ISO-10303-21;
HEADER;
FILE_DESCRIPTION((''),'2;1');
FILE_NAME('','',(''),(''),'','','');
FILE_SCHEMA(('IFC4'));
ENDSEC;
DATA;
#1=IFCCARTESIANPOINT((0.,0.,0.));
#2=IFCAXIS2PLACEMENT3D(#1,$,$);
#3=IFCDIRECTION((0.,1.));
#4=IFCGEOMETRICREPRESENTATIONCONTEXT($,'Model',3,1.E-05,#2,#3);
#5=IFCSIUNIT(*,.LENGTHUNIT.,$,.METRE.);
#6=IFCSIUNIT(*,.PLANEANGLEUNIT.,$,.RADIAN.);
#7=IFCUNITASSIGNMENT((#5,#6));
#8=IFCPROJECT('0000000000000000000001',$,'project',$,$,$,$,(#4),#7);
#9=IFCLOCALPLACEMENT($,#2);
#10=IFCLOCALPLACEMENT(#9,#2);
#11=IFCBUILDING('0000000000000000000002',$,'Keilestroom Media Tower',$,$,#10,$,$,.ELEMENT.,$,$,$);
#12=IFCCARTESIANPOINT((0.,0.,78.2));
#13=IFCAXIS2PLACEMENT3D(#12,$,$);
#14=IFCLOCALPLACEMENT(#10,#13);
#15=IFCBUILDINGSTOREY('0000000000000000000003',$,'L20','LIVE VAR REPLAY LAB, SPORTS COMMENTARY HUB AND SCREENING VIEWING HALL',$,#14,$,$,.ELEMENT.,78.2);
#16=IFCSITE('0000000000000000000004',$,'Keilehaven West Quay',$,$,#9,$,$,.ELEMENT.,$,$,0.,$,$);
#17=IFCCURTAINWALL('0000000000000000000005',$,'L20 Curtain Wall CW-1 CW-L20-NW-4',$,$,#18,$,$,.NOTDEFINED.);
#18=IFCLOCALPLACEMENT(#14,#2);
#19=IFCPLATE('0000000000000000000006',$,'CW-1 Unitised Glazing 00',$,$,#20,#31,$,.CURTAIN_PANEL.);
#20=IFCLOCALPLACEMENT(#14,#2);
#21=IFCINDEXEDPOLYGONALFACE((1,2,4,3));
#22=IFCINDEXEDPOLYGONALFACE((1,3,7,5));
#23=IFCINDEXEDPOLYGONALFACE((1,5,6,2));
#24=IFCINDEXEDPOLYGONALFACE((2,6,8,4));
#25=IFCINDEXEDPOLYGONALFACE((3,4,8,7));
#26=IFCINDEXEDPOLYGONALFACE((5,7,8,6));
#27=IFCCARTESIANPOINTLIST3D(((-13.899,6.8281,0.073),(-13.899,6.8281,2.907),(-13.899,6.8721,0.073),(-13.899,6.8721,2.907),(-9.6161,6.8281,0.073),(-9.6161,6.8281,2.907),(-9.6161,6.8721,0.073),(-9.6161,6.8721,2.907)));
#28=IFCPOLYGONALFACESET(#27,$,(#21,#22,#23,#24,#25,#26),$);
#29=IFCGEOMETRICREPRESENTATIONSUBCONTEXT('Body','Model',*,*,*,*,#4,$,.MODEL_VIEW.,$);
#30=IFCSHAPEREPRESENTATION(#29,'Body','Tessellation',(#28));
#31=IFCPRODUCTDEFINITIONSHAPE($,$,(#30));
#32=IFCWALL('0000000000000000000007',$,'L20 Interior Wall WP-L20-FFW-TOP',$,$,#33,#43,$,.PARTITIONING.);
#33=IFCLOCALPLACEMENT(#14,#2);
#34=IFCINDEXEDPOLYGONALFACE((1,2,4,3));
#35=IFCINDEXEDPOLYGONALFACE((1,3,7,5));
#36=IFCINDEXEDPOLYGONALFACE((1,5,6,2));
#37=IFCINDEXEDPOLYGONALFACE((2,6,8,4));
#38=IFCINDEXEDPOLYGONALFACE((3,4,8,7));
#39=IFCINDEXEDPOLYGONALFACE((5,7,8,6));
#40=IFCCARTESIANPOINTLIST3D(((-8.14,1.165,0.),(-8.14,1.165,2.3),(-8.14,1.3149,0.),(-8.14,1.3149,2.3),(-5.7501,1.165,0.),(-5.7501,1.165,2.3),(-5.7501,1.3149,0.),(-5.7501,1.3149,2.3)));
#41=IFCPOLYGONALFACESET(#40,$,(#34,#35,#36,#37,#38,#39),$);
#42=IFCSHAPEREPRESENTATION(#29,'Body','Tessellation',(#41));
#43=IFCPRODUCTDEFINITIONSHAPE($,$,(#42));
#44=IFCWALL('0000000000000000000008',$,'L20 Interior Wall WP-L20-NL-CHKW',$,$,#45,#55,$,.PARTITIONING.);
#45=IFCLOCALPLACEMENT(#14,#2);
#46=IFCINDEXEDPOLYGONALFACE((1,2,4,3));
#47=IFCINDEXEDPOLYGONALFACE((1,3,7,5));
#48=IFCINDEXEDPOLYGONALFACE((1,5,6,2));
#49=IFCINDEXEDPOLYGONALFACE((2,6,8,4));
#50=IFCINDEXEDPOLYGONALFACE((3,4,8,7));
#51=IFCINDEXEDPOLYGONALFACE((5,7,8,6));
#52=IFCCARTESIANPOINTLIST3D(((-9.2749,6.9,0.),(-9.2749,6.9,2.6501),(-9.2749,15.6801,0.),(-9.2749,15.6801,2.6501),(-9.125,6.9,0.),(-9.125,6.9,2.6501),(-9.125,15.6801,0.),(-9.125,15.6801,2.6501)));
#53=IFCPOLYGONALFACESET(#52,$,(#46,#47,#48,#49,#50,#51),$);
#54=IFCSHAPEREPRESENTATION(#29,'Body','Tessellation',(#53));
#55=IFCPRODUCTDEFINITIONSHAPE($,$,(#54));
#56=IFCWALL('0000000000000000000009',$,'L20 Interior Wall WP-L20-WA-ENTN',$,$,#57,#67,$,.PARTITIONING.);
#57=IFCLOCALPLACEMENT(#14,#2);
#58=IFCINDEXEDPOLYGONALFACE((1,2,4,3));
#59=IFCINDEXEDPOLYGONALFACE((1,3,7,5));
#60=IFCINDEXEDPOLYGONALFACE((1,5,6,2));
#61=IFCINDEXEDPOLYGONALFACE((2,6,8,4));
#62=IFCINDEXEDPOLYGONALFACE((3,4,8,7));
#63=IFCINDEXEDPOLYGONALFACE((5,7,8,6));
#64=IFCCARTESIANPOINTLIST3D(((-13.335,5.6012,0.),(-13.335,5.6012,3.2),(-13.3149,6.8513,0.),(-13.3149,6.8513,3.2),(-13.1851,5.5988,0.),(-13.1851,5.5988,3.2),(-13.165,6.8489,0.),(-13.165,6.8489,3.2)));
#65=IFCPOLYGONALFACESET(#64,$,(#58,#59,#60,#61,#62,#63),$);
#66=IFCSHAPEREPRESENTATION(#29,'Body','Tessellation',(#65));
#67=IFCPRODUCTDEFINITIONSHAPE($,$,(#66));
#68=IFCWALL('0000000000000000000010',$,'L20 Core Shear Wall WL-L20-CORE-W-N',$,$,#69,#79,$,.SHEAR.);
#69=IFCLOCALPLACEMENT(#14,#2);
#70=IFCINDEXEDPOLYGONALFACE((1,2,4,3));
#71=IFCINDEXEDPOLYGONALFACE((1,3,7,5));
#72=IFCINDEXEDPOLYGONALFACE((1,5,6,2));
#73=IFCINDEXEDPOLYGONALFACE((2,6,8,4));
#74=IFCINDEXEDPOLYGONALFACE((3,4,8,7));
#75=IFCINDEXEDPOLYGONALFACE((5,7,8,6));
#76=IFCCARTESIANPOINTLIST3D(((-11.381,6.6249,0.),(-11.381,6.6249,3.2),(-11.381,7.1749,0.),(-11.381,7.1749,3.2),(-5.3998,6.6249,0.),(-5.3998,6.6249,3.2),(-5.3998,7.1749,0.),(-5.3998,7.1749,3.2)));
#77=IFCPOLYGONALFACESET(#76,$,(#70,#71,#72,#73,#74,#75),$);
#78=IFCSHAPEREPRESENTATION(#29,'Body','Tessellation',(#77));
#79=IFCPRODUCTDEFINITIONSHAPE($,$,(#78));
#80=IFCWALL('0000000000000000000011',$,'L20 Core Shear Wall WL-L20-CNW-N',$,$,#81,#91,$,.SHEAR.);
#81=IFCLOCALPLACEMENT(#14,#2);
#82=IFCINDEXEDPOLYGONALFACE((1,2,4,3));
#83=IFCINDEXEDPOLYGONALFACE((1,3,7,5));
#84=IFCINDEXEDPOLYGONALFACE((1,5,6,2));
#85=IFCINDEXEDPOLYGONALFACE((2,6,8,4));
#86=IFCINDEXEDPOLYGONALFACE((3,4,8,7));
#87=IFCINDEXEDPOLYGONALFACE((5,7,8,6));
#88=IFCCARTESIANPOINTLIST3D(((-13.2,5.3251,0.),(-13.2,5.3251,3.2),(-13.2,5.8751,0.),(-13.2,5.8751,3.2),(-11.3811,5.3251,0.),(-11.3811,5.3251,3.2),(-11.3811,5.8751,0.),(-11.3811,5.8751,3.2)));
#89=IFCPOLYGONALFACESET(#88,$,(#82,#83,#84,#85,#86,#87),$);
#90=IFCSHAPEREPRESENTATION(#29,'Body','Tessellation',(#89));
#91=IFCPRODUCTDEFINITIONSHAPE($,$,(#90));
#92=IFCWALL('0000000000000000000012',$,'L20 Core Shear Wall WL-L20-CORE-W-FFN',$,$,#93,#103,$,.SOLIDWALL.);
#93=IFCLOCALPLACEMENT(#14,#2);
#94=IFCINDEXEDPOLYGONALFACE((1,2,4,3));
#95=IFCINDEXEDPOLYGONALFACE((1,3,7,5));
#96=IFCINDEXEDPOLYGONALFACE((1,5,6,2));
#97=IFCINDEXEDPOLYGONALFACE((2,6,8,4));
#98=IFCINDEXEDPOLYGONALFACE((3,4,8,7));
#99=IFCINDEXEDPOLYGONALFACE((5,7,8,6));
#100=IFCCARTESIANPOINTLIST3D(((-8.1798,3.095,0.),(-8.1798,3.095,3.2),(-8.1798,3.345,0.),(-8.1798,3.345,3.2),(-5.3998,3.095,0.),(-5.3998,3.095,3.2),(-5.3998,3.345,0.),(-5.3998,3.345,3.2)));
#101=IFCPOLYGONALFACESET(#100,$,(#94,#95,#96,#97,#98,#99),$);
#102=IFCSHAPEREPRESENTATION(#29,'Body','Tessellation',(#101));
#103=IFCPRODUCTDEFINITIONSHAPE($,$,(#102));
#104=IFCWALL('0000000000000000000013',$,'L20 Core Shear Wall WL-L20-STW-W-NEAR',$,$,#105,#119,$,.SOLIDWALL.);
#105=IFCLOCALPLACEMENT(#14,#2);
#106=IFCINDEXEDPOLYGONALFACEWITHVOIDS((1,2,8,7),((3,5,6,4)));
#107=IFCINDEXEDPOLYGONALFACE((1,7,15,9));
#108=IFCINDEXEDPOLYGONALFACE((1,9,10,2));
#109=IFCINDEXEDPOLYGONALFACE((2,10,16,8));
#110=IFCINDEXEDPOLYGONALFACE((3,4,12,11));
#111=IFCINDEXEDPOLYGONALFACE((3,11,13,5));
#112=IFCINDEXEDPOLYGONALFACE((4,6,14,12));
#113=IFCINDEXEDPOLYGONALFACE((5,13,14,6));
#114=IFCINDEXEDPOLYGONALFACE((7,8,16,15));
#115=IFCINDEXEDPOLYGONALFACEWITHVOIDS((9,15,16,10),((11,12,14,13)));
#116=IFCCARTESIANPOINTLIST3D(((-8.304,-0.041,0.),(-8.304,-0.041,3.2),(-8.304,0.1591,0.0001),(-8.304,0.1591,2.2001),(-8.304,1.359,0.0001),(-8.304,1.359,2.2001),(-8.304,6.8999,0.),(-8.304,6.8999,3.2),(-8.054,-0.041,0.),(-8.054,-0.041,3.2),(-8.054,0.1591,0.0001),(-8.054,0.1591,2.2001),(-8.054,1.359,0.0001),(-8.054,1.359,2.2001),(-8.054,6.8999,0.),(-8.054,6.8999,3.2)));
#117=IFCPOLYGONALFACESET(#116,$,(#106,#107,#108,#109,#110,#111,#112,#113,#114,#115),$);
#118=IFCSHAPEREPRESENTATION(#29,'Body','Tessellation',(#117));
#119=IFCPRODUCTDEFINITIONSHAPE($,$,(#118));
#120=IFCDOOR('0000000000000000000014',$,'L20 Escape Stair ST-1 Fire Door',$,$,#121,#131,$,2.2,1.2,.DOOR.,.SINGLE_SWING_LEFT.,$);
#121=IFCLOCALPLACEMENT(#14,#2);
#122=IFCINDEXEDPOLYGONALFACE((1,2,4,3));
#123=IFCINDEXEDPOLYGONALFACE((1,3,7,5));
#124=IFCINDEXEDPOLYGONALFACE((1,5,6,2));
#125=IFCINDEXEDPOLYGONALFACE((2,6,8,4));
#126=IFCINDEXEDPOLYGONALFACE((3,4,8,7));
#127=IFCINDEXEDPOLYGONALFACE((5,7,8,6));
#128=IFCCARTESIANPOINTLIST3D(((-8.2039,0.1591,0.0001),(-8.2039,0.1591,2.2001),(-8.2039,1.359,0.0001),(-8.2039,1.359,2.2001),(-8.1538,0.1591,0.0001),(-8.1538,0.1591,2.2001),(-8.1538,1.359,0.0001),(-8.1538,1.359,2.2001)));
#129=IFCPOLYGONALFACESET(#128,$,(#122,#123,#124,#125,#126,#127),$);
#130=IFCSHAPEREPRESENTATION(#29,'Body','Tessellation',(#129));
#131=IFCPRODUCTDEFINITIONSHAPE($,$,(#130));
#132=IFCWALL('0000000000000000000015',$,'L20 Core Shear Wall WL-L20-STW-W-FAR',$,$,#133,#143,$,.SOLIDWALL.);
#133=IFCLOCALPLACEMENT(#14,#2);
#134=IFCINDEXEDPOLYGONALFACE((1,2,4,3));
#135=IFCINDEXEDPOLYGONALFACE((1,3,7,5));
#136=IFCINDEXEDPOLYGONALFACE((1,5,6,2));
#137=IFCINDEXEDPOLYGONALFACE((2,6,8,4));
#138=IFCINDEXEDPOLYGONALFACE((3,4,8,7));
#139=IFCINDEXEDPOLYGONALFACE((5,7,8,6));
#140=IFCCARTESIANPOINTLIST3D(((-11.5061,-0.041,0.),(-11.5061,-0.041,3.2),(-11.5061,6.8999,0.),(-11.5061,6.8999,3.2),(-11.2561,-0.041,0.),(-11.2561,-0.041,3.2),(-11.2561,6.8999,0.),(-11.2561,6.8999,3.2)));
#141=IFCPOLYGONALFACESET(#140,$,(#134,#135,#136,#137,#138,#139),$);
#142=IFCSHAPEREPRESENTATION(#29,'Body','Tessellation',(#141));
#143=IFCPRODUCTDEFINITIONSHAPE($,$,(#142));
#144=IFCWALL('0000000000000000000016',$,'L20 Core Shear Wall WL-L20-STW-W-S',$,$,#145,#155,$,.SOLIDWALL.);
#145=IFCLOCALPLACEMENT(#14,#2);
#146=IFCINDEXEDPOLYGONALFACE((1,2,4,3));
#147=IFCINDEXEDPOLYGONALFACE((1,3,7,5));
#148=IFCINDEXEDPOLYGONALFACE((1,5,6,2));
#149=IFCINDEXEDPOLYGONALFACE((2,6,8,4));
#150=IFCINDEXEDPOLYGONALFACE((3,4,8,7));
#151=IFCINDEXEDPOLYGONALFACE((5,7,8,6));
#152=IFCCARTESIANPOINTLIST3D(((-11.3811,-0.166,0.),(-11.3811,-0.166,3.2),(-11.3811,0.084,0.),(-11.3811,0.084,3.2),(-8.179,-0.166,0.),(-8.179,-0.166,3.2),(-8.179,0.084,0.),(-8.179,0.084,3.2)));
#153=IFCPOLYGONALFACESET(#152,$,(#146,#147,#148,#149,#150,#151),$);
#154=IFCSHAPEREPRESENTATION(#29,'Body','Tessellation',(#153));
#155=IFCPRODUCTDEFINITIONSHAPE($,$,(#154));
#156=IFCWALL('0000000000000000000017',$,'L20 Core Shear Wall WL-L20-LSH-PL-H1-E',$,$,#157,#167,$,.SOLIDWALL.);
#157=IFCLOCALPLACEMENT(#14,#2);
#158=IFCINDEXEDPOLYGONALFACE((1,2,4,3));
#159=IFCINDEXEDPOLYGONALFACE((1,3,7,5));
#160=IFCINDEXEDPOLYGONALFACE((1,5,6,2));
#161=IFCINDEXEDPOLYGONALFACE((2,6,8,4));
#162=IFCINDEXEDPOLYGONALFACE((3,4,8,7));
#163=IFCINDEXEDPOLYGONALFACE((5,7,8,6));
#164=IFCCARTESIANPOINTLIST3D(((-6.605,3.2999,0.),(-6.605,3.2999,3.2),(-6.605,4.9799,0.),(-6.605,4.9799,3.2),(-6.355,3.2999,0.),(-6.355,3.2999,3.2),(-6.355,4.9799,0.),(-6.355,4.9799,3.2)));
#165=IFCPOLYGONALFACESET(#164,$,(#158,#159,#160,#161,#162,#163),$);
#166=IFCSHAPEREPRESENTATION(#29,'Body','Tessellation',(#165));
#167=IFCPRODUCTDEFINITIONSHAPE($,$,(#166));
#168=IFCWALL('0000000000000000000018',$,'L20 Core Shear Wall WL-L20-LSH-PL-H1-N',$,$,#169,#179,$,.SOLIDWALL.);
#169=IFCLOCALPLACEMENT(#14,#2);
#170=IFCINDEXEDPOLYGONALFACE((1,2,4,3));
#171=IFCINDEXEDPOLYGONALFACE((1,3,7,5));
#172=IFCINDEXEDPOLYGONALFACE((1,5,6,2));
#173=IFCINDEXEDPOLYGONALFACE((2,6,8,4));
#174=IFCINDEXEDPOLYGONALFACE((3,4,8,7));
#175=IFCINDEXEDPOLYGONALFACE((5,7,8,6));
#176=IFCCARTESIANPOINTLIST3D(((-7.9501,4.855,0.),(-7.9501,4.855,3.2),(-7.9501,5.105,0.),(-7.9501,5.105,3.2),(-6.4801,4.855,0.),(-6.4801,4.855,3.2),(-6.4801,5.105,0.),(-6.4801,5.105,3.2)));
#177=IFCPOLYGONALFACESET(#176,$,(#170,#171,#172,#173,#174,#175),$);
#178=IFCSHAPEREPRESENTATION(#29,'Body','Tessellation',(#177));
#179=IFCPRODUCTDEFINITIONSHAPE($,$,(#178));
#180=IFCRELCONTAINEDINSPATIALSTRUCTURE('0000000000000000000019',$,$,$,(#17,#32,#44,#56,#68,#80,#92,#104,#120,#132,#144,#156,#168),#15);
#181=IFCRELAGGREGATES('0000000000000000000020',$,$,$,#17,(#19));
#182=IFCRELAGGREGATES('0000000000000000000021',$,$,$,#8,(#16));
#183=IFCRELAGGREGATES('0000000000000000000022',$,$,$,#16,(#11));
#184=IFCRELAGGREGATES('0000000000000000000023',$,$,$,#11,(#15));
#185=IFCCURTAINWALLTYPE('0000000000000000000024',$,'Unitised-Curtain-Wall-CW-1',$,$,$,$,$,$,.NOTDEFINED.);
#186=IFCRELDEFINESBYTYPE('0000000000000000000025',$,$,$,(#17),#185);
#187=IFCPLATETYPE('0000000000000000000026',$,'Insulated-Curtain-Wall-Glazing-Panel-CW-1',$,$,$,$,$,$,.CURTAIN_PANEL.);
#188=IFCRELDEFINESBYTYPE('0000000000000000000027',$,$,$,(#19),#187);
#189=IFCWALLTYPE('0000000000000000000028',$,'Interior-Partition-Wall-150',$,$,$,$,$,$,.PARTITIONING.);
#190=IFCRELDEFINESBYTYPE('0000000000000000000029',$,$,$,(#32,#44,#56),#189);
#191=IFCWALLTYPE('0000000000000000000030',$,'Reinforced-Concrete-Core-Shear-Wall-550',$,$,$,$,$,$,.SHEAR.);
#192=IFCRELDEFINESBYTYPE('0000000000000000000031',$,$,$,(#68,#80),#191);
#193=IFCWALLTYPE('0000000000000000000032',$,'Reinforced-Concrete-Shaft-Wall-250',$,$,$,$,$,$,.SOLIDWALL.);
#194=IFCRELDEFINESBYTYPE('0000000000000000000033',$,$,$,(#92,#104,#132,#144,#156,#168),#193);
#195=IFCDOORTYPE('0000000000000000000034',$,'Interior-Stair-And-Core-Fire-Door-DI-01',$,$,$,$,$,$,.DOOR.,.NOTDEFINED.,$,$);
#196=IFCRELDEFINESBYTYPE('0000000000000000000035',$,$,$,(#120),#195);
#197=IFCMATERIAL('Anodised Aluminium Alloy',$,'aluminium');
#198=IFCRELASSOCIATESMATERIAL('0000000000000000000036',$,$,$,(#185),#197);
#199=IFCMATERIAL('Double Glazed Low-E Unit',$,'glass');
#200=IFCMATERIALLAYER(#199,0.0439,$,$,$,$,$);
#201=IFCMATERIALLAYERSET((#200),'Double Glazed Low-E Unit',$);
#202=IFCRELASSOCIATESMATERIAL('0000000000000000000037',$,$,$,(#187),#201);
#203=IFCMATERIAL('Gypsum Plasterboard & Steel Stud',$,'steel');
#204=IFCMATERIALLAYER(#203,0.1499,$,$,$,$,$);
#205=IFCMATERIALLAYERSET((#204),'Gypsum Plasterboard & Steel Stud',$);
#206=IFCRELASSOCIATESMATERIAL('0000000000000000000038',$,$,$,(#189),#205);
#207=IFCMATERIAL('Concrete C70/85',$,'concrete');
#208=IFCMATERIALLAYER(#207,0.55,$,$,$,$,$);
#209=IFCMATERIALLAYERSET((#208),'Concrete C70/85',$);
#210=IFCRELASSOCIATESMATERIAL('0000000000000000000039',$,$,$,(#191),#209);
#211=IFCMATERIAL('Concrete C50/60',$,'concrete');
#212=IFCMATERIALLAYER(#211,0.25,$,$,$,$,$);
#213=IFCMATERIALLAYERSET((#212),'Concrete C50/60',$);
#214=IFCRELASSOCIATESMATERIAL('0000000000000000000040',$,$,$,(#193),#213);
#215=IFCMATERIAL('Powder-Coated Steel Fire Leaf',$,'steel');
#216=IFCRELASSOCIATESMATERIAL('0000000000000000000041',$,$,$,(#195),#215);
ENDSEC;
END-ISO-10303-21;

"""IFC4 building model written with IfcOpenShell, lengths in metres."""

from ifc_helpers import new_model, si_unit, direction, frame, frame_2d, origin, origin_2d, place, context, subcontext, project, spatial, rectangle, extrude, source, transform, mapped, material, layer, layer_set, type_object, element, fill, aggregate, save


model = new_model("IFC4")

# Units and contexts
model_context = context("Model", 3, precision=1e-05, world=origin(), true_north=direction((0.0, 1.0)))
body_context = subcontext(model_context, "Body", "Model", "MODEL_VIEW")
ifc_project = project(units=[si_unit("LENGTHUNIT", "METRE"), si_unit("PLANEANGLEUNIT", "RADIAN")], contexts=[model_context])

# Site, building, storey
site_placement = place(None, origin())
site = spatial("IfcSite", under=ifc_project, at=site_placement, Name="Keilehaven West Quay", CompositionType="ELEMENT", RefElevation=0.0)
building_placement = place(site_placement, origin())
building = spatial("IfcBuilding", under=site, at=building_placement, Name="Keilestroom Media Tower", CompositionType="ELEMENT")
storey_placement = place(building_placement, frame((0.0, 0.0, 78.2)))
storey = spatial("IfcBuildingStorey", under=building, at=storey_placement, Name="L20", Description="LIVE VAR REPLAY LAB, SPORTS COMMENTARY HUB AND SCREENING VIEWING HALL", CompositionType="ELEMENT", Elevation=78.2)

# Curtain wall
ifc_material_1 = material(Name="Anodised Aluminium Alloy", Category="aluminium")
curtain_wall_type = type_object("IfcCurtainWallType", Name="Unitised-Curtain-Wall-CW-1", PredefinedType="NOTDEFINED", material=ifc_material_1)
curtain_wall_placement = place(storey_placement, origin())
curtain_wall = element("IfcCurtainWall", 1, at=curtain_wall_placement, inside=storey, type_object=curtain_wall_type, Name="L20 Curtain Wall CW-1 CW-L20-NW-4", PredefinedType="NOTDEFINED")

# Shared definitions
ifc_material_2 = material(Name="Concrete C50/60", Category="concrete")

# Plate
ifc_material_3 = material(Name="Double Glazed Low-E Unit", Category="glass")
ifc_layer_1 = layer(ifc_material_3, 0.0439)
ifc_layer_set_1 = layer_set([ifc_layer_1], Name="Double Glazed Low-E Unit")
plate_type = type_object("IfcPlateType", Name="Insulated-Curtain-Wall-Glazing-Panel-CW-1", PredefinedType="CURTAIN_PANEL", material=ifc_layer_set_1)
shared_shape_1 = source(origin(), body_context, "Body", "SweptSolid", [
    extrude(rectangle(XDim=4.283, YDim=0.0439, at=origin_2d()), origin(), (0.0, 0.0, 1.0), 2.834),
])
plate_placement = place(storey_placement, frame((-11.7576, 6.8501, 0.073), z_axis=(0.0, 0.0, 1.0), x_axis=(1.0, 0.0, 0.0)))
plate = element("IfcPlate", 2, at=plate_placement, type_object=plate_type, Name="CW-1 Unitised Glazing 00", PredefinedType="CURTAIN_PANEL", context=body_context, shape_type="MappedRepresentation", body=[
    mapped(shared_shape_1, transform((0.0, 0.0, 0.0), x_axis=(1.0, 0.0, 0.0), y_axis=(0.0, 1.0, 0.0), z_axis=(0.0, 0.0, 1.0), scale=1.0)),
])
aggregate(curtain_wall, [plate])

# Walls
ifc_material_4 = material(Name="Gypsum Plasterboard & Steel Stud", Category="steel")
ifc_layer_2 = layer(ifc_material_4, 0.1499)
ifc_layer_set_2 = layer_set([ifc_layer_2], Name="Gypsum Plasterboard & Steel Stud")
wall_type_1 = type_object("IfcWallType", Name="Interior-Partition-Wall-150", PredefinedType="PARTITIONING", material=ifc_layer_set_2)
wall_1_placement = place(storey_placement, frame((-8.1399, 1.24, 0.0), z_axis=(0.0, 0.0, 1.0), x_axis=(1.0, 0.0, 0.0)))
element("IfcWall", 3, at=wall_1_placement, inside=storey, type_object=wall_type_1, Name="L20 Interior Wall WP-L20-FFW-TOP", PredefinedType="PARTITIONING", context=body_context, shape_type="SweptSolid", body=[
    extrude(rectangle(XDim=2.3899, YDim=0.1499, at=frame_2d((1.1948, 0.0))), origin(), (0.0, 0.0, 1.0), 2.3),
])
wall_2_placement = place(storey_placement, frame((-9.2, 6.8999, 0.0), z_axis=(0.0, 0.0, 1.0), x_axis=(0.0, 1.0, 0.0)))
element("IfcWall", 4, at=wall_2_placement, inside=storey, type_object=wall_type_1, Name="L20 Interior Wall WP-L20-NL-CHKW", PredefinedType="PARTITIONING", context=body_context, shape_type="SweptSolid", body=[
    extrude(rectangle(XDim=8.78, YDim=0.1499, at=frame_2d((4.3901, 0.0))), origin(), (0.0, 0.0, 1.0), 2.6501),
])
wall_3_placement = place(storey_placement, frame((-13.26, 5.6001, 0.0), z_axis=(0.0, 0.0, 1.0), x_axis=(0.016014, 0.999872, 0.0)))
element("IfcWall", 5, at=wall_3_placement, inside=storey, type_object=wall_type_1, Name="L20 Interior Wall WP-L20-WA-ENTN", PredefinedType="PARTITIONING", context=body_context, shape_type="SweptSolid", body=[
    extrude(rectangle(XDim=1.2502, YDim=0.1499, at=frame_2d((0.625, 0.0))), origin(), (0.0, 0.0, 1.0), 3.2),
])
ifc_material_5 = material(Name="Concrete C70/85", Category="concrete")
ifc_layer_3 = layer(ifc_material_5, 0.55)
ifc_layer_set_3 = layer_set([ifc_layer_3], Name="Concrete C70/85")
wall_type_2 = type_object("IfcWallType", Name="Reinforced-Concrete-Core-Shear-Wall-550", PredefinedType="SHEAR", material=ifc_layer_set_3)
wall_4_placement = place(storey_placement, frame((-11.3811, 6.8999, 0.0), z_axis=(0.0, 0.0, 1.0), x_axis=(1.0, 0.0, 0.0)))
element("IfcWall", 6, at=wall_4_placement, inside=storey, type_object=wall_type_2, Name="L20 Core Shear Wall WL-L20-CORE-W-N", PredefinedType="SHEAR", context=body_context, shape_type="SweptSolid", body=[
    extrude(rectangle(XDim=5.9812, YDim=0.55, at=frame_2d((2.9907, 0.0))), origin(), (0.0, 0.0, 1.0), 3.2),
])
wall_5_placement = place(storey_placement, frame((-13.2, 5.6001, 0.0), z_axis=(0.0, 0.0, 1.0), x_axis=(1.0, 0.0, 0.0)))
element("IfcWall", 7, at=wall_5_placement, inside=storey, type_object=wall_type_2, Name="L20 Core Shear Wall WL-L20-CNW-N", PredefinedType="SHEAR", context=body_context, shape_type="SweptSolid", body=[
    extrude(rectangle(XDim=1.8188, YDim=0.55, at=frame_2d((0.9094, 0.0))), origin(), (0.0, 0.0, 1.0), 3.2),
])
ifc_layer_4 = layer(ifc_material_2, 0.25)
ifc_layer_set_4 = layer_set([ifc_layer_4], Name="Concrete C50/60")
wall_type_3 = type_object("IfcWallType", Name="Reinforced-Concrete-Shaft-Wall-250", PredefinedType="SOLIDWALL", material=ifc_layer_set_4)
wall_6_placement = place(storey_placement, frame((-8.1799, 3.22, 0.0), z_axis=(0.0, 0.0, 1.0), x_axis=(1.0, 0.0, 0.0)))
element("IfcWall", 8, at=wall_6_placement, inside=storey, type_object=wall_type_3, Name="L20 Core Shear Wall WL-L20-CORE-W-FFN", PredefinedType="SOLIDWALL", context=body_context, shape_type="SweptSolid", body=[
    extrude(rectangle(XDim=2.78, YDim=0.25, at=frame_2d((1.3901, 0.0))), origin(), (0.0, 0.0, 1.0), 3.2),
])

# Wall, opening, door
wall_7_placement = place(storey_placement, frame((-8.179, -0.041, 0.0), z_axis=(0.0, 0.0, 1.0), x_axis=(0.0, 1.0, 0.0)))
wall_7 = element("IfcWall", 9, at=wall_7_placement, inside=storey, type_object=wall_type_3, Name="L20 Core Shear Wall WL-L20-STW-W-NEAR", PredefinedType="SOLIDWALL", context=body_context, shape_type="SweptSolid", body=[
    extrude(rectangle(XDim=6.9409, YDim=0.25, at=frame_2d((3.4705, 0.0))), origin(), (0.0, 0.0, 1.0), 3.2),
])
opening_placement = place(wall_7_placement, frame((0.2, 0.0, 0.0)))
opening = element("IfcOpeningElement", 10, at=opening_placement, cuts=wall_7, PredefinedType="OPENING", context=body_context, shape_type="SweptSolid", body=[
    extrude(rectangle(XDim=1.2, YDim=2.2, at=frame_2d((0.6001, 1.1001))), frame((0.0, 0.135, 0.0), z_axis=(0.0, -1.0, 0.0), x_axis=(1.0, 0.0, 0.0)), (0.0, 0.0, 1.0), 0.27),
])
ifc_material_6 = material(Name="Powder-Coated Steel Fire Leaf", Category="steel")
door_type = type_object("IfcDoorType", Name="Interior-Stair-And-Core-Fire-Door-DI-01", OperationType="NOTDEFINED", PredefinedType="DOOR", material=ifc_material_6)
shared_shape_2 = source(origin(), body_context, "Body", "SweptSolid", [
    extrude(rectangle(XDim=1.2, YDim=2.2, at=frame_2d((0.6001, 1.1001))), frame((0.0, 0.0249, 0.0), z_axis=(0.0, -1.0, 0.0), x_axis=(1.0, 0.0, 0.0)), (0.0, 0.0, 1.0), 0.05),
])
door_placement = place(opening_placement, origin())
door = element("IfcDoor", 11, at=door_placement, inside=storey, type_object=door_type, Name="L20 Escape Stair ST-1 Fire Door", OperationType="SINGLE_SWING_LEFT", OverallHeight=2.2, OverallWidth=1.2, PredefinedType="DOOR", context=body_context, shape_type="MappedRepresentation", body=[
    mapped(shared_shape_2, transform((0.0, 0.0, 0.0), x_axis=(1.0, 0.0, 0.0), y_axis=(0.0, 1.0, 0.0), z_axis=(0.0, 0.0, 1.0), scale=1.0)),
])
fill(opening, door)

# Walls
wall_8_placement = place(storey_placement, frame((-11.3811, -0.041, 0.0), z_axis=(0.0, 0.0, 1.0), x_axis=(0.0, 1.0, 0.0)))
element("IfcWall", 12, at=wall_8_placement, inside=storey, type_object=wall_type_3, Name="L20 Core Shear Wall WL-L20-STW-W-FAR", PredefinedType="SOLIDWALL", context=body_context, shape_type="SweptSolid", body=[
    extrude(rectangle(XDim=6.9409, YDim=0.25, at=frame_2d((3.4705, 0.0))), origin(), (0.0, 0.0, 1.0), 3.2),
])
wall_9_placement = place(storey_placement, frame((-11.3811, -0.041, 0.0), z_axis=(0.0, 0.0, 1.0), x_axis=(1.0, 0.0, 0.0)))
element("IfcWall", 13, at=wall_9_placement, inside=storey, type_object=wall_type_3, Name="L20 Core Shear Wall WL-L20-STW-W-S", PredefinedType="SOLIDWALL", context=body_context, shape_type="SweptSolid", body=[
    extrude(rectangle(XDim=3.2021, YDim=0.25, at=frame_2d((1.6011, 0.0))), origin(), (0.0, 0.0, 1.0), 3.2),
])
wall_10_placement = place(storey_placement, frame((-6.48, 3.3, 0.0), z_axis=(0.0, 0.0, 1.0), x_axis=(0.0, 1.0, 0.0)))
element("IfcWall", 14, at=wall_10_placement, inside=storey, type_object=wall_type_3, Name="L20 Core Shear Wall WL-L20-LSH-PL-H1-E", PredefinedType="SOLIDWALL", context=body_context, shape_type="SweptSolid", body=[
    extrude(rectangle(XDim=1.6799, YDim=0.25, at=frame_2d((0.8398, 0.0))), origin(), (0.0, 0.0, 1.0), 3.2),
])
wall_11_placement = place(storey_placement, frame((-7.95, 4.98, 0.0), z_axis=(0.0, 0.0, 1.0), x_axis=(1.0, 0.0, 0.0)))
element("IfcWall", 15, at=wall_11_placement, inside=storey, type_object=wall_type_3, Name="L20 Core Shear Wall WL-L20-LSH-PL-H1-N", PredefinedType="SOLIDWALL", context=body_context, shape_type="SweptSolid", body=[
    extrude(rectangle(XDim=1.47, YDim=0.25, at=frame_2d((0.7349, 0.0))), origin(), (0.0, 0.0, 1.0), 3.2),
])

save(model, "model.ifc")
